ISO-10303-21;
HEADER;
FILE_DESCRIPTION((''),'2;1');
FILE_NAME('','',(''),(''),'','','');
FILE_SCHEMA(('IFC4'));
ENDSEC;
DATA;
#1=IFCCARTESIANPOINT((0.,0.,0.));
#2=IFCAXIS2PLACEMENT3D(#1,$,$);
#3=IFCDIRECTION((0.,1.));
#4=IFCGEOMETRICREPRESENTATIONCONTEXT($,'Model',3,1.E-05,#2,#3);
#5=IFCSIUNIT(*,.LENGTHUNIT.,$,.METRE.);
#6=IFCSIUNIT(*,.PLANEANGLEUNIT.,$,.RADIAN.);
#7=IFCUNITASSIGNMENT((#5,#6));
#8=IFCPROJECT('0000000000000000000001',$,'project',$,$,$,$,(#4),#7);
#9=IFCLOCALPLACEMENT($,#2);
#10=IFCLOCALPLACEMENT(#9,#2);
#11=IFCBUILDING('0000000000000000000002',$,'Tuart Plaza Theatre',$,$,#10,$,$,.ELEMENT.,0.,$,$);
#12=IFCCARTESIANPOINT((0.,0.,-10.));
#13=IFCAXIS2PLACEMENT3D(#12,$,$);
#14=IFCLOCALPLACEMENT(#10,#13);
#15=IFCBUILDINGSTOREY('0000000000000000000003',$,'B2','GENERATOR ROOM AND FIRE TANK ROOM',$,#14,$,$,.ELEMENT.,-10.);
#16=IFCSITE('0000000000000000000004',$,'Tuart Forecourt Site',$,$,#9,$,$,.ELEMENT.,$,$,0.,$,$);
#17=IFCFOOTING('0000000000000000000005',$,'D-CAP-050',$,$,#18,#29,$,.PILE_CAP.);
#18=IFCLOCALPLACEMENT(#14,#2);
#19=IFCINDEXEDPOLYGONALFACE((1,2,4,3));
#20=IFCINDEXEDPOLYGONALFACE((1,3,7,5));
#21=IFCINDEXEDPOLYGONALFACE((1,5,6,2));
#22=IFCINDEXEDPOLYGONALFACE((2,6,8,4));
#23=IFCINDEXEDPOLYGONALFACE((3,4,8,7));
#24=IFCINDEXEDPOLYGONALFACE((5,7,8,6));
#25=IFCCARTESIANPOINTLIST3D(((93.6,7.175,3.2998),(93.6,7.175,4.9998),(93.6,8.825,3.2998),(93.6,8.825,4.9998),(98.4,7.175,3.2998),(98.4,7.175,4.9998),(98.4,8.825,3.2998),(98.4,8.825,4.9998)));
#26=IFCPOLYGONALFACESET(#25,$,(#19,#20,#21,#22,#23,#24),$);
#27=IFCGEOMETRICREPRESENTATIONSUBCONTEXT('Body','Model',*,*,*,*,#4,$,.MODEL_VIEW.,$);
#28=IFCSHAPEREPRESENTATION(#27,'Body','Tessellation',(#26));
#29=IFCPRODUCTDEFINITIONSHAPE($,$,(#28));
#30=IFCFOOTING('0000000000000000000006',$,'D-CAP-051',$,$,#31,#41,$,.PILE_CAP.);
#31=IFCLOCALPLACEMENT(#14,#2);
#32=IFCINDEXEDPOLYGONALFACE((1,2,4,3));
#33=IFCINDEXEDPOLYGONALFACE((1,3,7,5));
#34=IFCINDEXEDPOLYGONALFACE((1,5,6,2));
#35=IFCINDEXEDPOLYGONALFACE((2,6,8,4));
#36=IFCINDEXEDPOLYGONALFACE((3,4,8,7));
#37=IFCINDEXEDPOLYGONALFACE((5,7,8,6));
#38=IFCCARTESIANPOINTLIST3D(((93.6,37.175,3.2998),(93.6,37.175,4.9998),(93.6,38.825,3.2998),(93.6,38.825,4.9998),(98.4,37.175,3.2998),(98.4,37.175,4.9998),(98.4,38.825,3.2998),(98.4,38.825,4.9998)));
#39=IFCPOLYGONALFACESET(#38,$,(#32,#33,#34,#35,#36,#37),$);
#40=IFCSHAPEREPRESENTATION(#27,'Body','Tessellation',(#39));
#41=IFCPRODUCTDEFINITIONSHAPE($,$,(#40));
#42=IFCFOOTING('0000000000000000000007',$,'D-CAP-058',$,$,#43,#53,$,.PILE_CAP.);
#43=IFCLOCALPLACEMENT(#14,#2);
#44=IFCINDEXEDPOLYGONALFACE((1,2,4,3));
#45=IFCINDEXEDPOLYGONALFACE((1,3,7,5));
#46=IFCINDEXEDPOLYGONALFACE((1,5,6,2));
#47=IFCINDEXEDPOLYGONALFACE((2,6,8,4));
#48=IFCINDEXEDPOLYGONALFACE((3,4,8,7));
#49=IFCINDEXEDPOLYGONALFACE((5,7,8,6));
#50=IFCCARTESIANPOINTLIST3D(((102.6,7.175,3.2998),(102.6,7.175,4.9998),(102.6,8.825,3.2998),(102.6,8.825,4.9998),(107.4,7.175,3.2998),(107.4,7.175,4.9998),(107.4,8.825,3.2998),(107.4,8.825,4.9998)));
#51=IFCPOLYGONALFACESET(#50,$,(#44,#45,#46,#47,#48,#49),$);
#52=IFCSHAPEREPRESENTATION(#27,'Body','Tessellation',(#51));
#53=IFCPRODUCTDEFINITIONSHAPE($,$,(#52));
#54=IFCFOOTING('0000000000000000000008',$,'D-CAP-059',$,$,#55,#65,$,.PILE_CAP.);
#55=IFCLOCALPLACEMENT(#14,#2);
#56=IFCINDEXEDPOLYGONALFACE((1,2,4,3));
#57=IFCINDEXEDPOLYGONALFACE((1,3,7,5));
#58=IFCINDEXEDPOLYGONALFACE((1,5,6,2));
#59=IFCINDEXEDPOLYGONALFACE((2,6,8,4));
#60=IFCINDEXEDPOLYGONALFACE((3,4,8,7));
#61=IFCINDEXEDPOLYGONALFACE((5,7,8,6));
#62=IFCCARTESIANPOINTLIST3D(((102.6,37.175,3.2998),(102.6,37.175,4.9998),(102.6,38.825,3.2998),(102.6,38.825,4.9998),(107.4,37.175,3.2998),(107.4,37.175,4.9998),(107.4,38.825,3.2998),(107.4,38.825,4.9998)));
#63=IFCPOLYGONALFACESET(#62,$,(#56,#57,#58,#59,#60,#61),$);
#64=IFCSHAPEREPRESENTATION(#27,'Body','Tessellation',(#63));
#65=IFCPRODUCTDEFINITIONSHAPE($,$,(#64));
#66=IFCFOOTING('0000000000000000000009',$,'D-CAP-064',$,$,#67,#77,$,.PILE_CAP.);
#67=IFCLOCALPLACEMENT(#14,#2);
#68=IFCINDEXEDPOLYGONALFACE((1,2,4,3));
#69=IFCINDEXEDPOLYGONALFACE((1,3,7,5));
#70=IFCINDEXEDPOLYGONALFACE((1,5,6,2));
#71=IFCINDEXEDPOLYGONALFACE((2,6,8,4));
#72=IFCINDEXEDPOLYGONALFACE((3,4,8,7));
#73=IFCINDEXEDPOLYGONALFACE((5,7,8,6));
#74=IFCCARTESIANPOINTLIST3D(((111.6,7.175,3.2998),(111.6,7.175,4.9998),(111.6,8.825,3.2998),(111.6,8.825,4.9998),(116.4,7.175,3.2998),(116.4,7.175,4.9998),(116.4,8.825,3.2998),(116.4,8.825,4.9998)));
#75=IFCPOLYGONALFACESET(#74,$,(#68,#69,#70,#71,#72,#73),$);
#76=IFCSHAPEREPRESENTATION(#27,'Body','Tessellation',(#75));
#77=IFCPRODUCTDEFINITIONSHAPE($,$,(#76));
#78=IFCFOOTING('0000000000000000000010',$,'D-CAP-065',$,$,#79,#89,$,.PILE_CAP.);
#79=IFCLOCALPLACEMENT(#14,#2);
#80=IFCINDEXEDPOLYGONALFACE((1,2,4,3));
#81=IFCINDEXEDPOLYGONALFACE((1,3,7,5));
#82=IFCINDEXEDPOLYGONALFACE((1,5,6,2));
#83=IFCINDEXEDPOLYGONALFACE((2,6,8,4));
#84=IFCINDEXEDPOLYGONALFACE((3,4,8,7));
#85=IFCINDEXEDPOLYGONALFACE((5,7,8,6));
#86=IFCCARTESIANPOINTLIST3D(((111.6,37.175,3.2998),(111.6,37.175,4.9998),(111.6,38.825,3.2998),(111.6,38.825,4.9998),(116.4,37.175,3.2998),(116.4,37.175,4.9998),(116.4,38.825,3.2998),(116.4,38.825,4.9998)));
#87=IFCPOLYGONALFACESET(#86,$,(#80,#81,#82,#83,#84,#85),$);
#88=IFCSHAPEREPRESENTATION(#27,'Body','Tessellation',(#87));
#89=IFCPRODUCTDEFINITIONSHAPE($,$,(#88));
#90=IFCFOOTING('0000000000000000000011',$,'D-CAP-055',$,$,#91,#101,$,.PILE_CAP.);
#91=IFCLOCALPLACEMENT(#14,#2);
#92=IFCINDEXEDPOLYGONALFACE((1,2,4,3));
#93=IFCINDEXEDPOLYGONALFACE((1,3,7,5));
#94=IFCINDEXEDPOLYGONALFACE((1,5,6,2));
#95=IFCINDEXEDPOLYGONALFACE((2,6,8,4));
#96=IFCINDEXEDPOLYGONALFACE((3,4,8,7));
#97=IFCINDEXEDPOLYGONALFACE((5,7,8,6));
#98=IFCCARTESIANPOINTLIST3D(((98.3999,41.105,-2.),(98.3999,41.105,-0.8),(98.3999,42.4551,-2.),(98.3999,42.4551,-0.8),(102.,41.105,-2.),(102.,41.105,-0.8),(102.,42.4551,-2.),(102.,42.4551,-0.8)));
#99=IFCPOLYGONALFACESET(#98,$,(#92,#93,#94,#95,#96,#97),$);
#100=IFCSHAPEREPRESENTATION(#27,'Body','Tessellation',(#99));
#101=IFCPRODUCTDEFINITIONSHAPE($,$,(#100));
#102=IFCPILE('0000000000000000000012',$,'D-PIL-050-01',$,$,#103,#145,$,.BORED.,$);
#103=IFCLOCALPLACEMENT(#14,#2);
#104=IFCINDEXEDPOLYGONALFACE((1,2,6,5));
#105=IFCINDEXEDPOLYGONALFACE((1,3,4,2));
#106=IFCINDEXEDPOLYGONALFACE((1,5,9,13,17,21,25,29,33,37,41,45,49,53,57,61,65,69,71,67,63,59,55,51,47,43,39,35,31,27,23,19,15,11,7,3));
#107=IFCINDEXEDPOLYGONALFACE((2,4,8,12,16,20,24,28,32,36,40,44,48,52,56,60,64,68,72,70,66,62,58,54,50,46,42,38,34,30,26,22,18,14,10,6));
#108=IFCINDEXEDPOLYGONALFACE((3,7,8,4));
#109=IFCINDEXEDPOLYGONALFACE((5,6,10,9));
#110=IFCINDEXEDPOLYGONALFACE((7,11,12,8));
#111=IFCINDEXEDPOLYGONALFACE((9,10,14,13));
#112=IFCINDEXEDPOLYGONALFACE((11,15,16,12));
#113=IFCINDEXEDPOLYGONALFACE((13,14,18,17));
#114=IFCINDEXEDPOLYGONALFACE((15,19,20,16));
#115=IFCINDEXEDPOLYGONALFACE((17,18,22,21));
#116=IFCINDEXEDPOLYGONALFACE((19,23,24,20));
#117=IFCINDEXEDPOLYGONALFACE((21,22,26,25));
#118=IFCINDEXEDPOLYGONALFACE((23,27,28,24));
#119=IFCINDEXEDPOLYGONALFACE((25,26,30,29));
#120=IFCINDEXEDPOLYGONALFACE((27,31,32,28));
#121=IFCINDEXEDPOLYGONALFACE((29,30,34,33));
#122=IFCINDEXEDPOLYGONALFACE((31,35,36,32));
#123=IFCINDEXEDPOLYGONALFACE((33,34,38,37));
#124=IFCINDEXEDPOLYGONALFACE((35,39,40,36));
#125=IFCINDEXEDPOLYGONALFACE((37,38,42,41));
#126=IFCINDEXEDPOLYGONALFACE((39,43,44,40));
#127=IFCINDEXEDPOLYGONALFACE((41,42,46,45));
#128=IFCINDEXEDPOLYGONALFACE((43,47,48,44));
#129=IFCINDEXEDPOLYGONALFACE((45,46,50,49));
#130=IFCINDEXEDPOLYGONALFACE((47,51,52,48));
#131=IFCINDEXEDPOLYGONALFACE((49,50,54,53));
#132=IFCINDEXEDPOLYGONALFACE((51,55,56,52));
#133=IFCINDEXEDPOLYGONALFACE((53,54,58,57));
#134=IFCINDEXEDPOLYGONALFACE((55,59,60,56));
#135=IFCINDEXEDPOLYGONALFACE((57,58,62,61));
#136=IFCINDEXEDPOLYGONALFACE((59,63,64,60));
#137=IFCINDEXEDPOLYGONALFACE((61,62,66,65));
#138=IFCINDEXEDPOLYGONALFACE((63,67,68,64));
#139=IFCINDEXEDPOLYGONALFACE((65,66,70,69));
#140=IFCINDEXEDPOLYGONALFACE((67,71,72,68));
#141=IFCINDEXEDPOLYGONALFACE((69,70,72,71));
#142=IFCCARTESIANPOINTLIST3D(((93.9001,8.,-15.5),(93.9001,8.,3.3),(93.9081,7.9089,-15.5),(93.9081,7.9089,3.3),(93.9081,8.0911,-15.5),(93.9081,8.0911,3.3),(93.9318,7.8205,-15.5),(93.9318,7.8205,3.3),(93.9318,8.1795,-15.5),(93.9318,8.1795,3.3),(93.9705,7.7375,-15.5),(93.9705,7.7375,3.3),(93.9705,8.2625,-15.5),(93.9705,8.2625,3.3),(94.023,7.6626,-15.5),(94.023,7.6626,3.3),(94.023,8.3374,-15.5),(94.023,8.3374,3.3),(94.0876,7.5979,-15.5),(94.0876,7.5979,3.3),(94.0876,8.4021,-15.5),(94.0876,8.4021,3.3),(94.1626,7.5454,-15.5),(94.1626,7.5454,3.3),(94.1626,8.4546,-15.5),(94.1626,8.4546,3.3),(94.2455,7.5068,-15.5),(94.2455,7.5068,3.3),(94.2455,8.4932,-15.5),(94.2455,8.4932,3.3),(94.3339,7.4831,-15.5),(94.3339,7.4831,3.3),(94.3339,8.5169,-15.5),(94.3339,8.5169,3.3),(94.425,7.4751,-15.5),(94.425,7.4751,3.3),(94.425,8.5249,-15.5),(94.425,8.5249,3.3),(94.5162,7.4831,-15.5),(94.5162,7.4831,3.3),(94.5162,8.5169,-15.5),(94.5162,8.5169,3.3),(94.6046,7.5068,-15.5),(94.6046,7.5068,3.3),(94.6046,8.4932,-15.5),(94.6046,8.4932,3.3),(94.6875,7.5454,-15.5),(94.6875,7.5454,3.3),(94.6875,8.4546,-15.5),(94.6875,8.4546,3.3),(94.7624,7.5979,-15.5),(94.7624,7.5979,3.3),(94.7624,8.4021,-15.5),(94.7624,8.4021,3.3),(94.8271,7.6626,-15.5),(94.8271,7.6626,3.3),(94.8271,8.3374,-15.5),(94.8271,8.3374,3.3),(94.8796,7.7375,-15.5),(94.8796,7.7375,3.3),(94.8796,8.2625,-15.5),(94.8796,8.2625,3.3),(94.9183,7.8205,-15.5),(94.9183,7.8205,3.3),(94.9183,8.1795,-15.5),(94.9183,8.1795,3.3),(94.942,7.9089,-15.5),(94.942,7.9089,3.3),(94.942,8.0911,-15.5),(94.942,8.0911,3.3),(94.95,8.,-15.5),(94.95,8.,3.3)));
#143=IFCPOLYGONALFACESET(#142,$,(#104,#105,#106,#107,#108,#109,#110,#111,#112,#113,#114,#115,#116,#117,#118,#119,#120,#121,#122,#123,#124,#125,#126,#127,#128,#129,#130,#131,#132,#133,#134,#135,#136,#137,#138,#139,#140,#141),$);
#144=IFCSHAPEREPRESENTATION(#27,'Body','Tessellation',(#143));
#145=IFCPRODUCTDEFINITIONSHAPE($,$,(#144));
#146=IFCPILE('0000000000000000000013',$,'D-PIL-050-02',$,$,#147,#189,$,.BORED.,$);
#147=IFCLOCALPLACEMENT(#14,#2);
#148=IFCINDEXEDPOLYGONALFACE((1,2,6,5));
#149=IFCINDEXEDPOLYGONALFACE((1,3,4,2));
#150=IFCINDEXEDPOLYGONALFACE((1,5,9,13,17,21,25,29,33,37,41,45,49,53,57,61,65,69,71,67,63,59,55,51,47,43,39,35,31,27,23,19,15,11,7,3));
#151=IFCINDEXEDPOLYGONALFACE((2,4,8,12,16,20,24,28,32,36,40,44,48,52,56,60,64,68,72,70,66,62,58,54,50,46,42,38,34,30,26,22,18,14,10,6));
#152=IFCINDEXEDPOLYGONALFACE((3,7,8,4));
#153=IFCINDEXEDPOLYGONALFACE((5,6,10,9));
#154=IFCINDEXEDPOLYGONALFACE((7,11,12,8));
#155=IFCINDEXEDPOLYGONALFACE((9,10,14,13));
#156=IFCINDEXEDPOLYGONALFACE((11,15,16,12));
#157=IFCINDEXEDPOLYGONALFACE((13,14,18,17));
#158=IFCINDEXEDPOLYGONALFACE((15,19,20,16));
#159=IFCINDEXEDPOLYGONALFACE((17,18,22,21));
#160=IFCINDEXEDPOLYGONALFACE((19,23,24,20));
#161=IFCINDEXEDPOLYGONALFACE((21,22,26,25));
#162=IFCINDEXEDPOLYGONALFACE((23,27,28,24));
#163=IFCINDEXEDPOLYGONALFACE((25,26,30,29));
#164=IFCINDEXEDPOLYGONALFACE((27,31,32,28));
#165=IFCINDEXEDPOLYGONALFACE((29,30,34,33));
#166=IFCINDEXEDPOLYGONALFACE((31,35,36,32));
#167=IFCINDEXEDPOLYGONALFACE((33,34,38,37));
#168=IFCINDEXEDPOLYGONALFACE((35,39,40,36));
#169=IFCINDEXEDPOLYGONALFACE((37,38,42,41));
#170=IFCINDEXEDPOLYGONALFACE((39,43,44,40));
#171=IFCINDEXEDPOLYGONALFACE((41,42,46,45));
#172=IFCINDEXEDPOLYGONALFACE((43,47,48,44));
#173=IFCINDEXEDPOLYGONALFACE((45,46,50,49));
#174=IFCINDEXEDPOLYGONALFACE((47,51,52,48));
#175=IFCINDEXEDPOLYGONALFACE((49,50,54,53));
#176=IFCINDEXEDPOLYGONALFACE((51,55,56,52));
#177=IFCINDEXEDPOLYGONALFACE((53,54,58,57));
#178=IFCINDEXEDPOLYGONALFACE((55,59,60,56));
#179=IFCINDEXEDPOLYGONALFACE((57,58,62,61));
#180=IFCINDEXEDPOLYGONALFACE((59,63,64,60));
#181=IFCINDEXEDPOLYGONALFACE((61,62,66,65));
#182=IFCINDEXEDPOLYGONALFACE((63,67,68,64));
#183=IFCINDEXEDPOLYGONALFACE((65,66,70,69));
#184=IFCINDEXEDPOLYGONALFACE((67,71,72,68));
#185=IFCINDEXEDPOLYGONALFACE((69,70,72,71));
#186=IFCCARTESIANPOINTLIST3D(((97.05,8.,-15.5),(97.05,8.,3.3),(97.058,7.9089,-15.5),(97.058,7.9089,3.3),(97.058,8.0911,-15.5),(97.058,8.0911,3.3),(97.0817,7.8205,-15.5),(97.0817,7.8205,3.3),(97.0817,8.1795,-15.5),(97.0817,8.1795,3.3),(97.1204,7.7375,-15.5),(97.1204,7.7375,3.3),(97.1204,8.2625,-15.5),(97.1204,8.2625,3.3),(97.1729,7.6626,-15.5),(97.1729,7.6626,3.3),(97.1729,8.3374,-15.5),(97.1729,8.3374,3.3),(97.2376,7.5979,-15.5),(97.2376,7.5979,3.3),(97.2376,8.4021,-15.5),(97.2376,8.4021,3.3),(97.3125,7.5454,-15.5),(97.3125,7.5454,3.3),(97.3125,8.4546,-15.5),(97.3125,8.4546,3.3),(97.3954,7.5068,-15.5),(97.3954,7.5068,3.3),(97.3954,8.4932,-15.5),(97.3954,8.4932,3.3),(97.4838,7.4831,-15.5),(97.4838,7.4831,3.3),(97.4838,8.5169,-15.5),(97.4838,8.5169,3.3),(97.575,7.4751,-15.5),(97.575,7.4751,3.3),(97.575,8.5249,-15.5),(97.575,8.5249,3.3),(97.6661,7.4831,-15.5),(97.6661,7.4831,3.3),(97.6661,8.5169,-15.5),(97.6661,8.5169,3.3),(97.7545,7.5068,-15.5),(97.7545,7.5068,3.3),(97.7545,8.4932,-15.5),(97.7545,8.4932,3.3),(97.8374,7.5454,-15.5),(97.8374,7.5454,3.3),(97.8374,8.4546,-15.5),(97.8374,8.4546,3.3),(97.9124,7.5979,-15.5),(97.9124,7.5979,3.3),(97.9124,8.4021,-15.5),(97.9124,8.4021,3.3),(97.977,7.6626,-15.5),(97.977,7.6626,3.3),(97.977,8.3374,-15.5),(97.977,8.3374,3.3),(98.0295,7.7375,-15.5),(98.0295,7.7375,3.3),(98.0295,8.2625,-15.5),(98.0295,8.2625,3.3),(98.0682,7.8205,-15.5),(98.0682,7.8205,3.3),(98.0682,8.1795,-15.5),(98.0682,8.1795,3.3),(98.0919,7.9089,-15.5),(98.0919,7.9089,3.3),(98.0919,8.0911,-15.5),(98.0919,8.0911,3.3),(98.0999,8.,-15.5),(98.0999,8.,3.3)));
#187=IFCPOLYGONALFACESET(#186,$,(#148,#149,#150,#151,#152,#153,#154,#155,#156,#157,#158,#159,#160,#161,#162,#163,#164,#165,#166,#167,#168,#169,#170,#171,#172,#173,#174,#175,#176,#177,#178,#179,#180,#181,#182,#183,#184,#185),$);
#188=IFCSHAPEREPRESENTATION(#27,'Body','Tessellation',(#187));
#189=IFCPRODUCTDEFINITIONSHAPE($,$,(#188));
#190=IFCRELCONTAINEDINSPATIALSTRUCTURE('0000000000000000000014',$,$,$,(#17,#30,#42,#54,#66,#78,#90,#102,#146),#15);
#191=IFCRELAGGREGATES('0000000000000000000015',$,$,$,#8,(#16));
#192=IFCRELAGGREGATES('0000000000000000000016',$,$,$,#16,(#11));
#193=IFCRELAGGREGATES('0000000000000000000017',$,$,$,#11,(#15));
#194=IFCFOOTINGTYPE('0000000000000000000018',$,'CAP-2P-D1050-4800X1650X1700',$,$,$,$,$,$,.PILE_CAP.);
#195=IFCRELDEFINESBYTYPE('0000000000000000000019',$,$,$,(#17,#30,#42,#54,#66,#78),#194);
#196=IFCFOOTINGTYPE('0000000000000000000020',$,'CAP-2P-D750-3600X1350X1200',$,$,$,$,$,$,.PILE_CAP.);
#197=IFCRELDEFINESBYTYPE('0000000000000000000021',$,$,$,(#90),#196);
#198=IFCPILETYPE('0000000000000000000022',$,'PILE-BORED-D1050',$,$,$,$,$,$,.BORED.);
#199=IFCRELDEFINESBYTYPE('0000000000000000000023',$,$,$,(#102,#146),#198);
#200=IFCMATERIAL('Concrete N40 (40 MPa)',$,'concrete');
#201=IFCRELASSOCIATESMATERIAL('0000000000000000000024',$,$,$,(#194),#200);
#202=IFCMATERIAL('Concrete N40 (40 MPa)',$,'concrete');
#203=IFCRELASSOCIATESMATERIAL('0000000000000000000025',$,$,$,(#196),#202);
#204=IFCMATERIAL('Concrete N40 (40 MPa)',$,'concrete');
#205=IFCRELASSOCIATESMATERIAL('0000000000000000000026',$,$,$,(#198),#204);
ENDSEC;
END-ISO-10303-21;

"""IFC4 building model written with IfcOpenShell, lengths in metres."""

from ifc_helpers import new_model, si_unit, direction, frame, origin, origin_2d, place, context, subcontext, project, spatial, rectangle, circle, extrude, material, material_profile, profile_set, type_object, element, save


model = new_model("IFC4")

# Units and contexts
model_context = context("Model", 3, precision=1e-05, world=origin(), true_north=direction((0.0, 1.0)))
body_context = subcontext(model_context, "Body", "Model", "MODEL_VIEW")
ifc_project = project(units=[si_unit("LENGTHUNIT", "METRE"), si_unit("PLANEANGLEUNIT", "RADIAN")], contexts=[model_context])

# Site, building, storey
site_placement = place(None, origin())
site = spatial("IfcSite", under=ifc_project, at=site_placement, Name="Tuart Forecourt Site", CompositionType="ELEMENT", RefElevation=0.0)
building_placement = place(site_placement, origin())
building = spatial("IfcBuilding", under=site, at=building_placement, Name="Tuart Plaza Theatre", CompositionType="ELEMENT", ElevationOfRefHeight=0.0)
storey_placement = place(building_placement, frame((0.0, 0.0, -10.0)))
storey = spatial("IfcBuildingStorey", under=building, at=storey_placement, Name="B2", Description="GENERATOR ROOM AND FIRE TANK ROOM", CompositionType="ELEMENT", Elevation=-10.0)

# Footings
ifc_material_1 = material(Name="Concrete N40 (40 MPa)", Category="concrete")
footing_type_1 = type_object("IfcFootingType", Name="CAP-2P-D1050-4800X1650X1700", PredefinedType="PILE_CAP", material=ifc_material_1)
for number, where, z_axis, x_axis, name in (
    (1, (96.0, 8.0, 3.2998), (0.0, 0.0, 1.0), (1.0, 0.0, 0.0), "D-CAP-050"),
    (2, (96.0, 38.0, 3.2998), (0.0, 0.0, 1.0), (1.0, 0.0, 0.0), "D-CAP-051"),
    (3, (105.0, 8.0, 3.2998), (0.0, 0.0, 1.0), (1.0, 0.0, 0.0), "D-CAP-058"),
    (4, (105.0, 38.0, 3.2998), (0.0, 0.0, 1.0), (1.0, 0.0, 0.0), "D-CAP-059"),
    (5, (114.0, 8.0, 3.2998), (0.0, 0.0, 1.0), (1.0, 0.0, 0.0), "D-CAP-064"),
    (6, (114.0, 38.0, 3.2998), (0.0, 0.0, 1.0), (1.0, 0.0, 0.0), "D-CAP-065"),
):
    element("IfcFooting", number, at=place(storey_placement, frame(where, z_axis=z_axis, x_axis=x_axis)), inside=storey, type_object=footing_type_1, Name=name, PredefinedType="PILE_CAP", context=body_context, shape_type="SweptSolid", body=[
        extrude(rectangle(XDim=4.8, YDim=1.6499, at=origin_2d()), origin(), (0.0, 0.0, 1.0), 1.7),
    ])
ifc_material_2 = material(Name="Concrete N40 (40 MPa)", Category="concrete")
footing_type_2 = type_object("IfcFootingType", Name="CAP-2P-D750-3600X1350X1200", PredefinedType="PILE_CAP", material=ifc_material_2)
footing_placement = place(storey_placement, frame((100.2, 41.78, -2.0), z_axis=(0.0, 0.0, 1.0), x_axis=(1.0, 0.0, 0.0)))
element("IfcFooting", 7, at=footing_placement, inside=storey, type_object=footing_type_2, Name="D-CAP-055", PredefinedType="PILE_CAP", context=body_context, shape_type="SweptSolid", body=[
    extrude(rectangle(XDim=3.6001, YDim=1.3501, at=origin_2d()), origin(), (0.0, 0.0, 1.0), 1.2),
])

# Piles
ifc_material_3 = material(Name="Concrete N40 (40 MPa)", Category="concrete")
ifc_material_profile_1 = material_profile(ifc_material_3, circle(Radius=0.5249, at=origin_2d()), Name="PILE-BORED-D1050")
ifc_profile_set_1 = profile_set([ifc_material_profile_1], Name="Concrete N40 (40 MPa)")
pile_type_1 = type_object("IfcPileType", Name="PILE-BORED-D1050", PredefinedType="BORED", material=ifc_profile_set_1)
for number, where, z_axis, x_axis, name in (
    (8, (94.425, 8.0, 3.3), (0.0, 0.0, -1.0), (1.0, 0.0, 0.0), "D-PIL-050-01"),
    (9, (97.575, 8.0, 3.3), (0.0, 0.0, -1.0), (1.0, 0.0, 0.0), "D-PIL-050-02"),
):
    element("IfcPile", number, at=place(storey_placement, frame(where, z_axis=z_axis, x_axis=x_axis)), inside=storey, type_object=pile_type_1, Name=name, PredefinedType="BORED", context=body_context, shape_type="SweptSolid", body=[
        extrude(circle(Radius=0.5249, at=origin_2d()), origin(), (0.0, 0.0, 1.0), 18.8),
    ])

save(model, "model.ifc")
